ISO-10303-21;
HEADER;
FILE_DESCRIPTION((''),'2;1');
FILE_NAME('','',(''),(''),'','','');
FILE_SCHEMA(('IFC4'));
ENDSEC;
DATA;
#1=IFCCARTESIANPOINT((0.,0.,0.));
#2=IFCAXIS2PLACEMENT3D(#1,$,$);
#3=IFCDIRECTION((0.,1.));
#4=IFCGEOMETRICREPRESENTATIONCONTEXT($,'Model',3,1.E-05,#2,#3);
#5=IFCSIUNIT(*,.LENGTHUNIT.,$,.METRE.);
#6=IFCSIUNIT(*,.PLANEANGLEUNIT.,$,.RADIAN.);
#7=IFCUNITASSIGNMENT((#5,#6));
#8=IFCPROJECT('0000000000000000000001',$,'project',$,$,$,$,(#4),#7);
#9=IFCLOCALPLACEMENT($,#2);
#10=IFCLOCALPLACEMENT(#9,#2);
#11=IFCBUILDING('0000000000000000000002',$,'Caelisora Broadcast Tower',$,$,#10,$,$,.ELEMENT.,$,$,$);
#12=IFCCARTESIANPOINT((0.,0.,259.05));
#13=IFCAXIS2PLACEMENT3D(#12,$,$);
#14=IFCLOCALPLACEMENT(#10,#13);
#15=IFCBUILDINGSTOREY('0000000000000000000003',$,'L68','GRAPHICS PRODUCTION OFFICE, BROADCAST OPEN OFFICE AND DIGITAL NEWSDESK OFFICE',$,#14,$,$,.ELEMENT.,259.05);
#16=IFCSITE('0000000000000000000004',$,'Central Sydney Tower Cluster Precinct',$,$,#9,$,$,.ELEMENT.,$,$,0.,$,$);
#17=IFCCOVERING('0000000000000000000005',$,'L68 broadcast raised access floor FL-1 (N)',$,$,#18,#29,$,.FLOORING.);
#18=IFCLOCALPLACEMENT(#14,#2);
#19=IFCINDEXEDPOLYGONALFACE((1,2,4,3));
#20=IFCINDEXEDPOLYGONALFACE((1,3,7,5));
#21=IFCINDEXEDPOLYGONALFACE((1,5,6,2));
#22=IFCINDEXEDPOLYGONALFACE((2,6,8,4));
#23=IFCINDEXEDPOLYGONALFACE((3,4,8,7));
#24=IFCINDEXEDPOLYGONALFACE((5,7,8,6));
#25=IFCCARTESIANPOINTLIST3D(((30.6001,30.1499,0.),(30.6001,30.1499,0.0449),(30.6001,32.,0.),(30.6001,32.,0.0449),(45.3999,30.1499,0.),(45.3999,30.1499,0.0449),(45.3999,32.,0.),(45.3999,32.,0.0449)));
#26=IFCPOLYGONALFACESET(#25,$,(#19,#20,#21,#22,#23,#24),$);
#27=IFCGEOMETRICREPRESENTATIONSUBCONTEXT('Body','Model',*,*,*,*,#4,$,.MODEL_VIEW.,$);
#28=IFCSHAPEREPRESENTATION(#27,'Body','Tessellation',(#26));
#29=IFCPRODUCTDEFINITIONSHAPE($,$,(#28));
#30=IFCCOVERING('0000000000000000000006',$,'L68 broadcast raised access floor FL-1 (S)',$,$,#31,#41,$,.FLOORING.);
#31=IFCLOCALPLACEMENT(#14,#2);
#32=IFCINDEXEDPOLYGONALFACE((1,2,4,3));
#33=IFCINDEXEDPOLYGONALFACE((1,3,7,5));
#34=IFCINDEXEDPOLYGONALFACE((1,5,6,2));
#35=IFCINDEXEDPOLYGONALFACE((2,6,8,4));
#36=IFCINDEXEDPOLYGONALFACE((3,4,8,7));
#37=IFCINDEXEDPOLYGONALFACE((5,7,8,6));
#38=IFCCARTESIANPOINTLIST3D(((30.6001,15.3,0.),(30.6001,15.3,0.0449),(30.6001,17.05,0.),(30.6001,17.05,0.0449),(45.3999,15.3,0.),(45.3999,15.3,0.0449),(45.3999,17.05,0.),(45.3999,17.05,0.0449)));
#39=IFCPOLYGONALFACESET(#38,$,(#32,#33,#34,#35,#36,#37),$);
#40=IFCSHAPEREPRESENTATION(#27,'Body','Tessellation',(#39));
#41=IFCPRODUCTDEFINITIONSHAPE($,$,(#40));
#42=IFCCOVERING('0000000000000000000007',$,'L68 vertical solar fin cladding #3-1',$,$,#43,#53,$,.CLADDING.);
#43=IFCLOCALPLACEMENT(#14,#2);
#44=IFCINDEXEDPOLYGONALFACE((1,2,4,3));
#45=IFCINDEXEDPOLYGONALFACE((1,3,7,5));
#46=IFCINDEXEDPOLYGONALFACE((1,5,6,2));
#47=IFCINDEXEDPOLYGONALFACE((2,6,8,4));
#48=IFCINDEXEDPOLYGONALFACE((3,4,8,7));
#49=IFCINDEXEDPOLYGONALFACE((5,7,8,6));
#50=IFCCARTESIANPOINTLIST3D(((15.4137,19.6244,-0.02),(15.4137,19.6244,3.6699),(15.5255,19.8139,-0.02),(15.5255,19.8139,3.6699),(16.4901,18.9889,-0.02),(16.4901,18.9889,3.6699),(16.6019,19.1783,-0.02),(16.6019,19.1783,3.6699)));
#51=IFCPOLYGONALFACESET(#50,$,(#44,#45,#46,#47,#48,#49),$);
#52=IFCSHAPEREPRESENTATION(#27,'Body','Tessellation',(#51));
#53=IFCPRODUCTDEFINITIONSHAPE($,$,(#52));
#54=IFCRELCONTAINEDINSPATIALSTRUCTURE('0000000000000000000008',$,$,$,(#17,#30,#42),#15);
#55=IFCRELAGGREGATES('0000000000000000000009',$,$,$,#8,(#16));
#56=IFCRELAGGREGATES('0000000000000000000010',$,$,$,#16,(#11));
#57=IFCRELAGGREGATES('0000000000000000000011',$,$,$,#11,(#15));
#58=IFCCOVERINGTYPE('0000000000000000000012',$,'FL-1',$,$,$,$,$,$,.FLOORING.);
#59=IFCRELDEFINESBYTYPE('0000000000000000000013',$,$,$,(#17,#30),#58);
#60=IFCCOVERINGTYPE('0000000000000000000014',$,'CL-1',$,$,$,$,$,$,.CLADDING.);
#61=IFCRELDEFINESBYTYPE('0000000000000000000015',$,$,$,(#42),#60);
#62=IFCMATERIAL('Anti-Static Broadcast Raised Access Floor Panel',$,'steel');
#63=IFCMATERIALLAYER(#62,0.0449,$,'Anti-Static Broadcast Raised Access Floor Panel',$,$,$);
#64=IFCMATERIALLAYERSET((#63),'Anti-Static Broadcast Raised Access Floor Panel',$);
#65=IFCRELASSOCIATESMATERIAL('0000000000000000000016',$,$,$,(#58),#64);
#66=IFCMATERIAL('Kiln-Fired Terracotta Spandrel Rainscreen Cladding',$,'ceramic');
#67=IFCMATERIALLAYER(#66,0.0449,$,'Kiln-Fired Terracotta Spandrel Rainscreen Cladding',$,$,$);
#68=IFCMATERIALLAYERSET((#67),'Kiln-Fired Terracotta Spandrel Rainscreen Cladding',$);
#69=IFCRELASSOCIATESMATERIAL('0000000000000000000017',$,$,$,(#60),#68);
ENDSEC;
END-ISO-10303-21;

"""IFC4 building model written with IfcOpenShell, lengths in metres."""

from ifc_helpers import new_model, si_unit, direction, frame, origin, origin_2d, place, context, subcontext, project, spatial, polyline, rectangle, outline, extrude, source, transform, mapped, material, layer, layer_set, type_object, type_shapes, element, save


model = new_model("IFC4")

# Units and contexts
model_context = context("Model", 3, precision=1e-05, world=origin(), true_north=direction((0.0, 1.0)))
body_context = subcontext(model_context, "Body", "Model", "MODEL_VIEW")
ifc_project = project(units=[si_unit("LENGTHUNIT", "METRE"), si_unit("PLANEANGLEUNIT", "RADIAN")], contexts=[model_context])

# Site, building, storey
site_placement = place(None, origin())
site = spatial("IfcSite", under=ifc_project, at=site_placement, Name="Central Sydney Tower Cluster Precinct", CompositionType="ELEMENT", RefElevation=0.0)
building_placement = place(site_placement, origin())
building = spatial("IfcBuilding", under=site, at=building_placement, Name="Caelisora Broadcast Tower", CompositionType="ELEMENT")
storey_placement = place(building_placement, frame((0.0, 0.0, 259.05)))
storey = spatial("IfcBuildingStorey", under=building, at=storey_placement, Name="L68", Description="GRAPHICS PRODUCTION OFFICE, BROADCAST OPEN OFFICE AND DIGITAL NEWSDESK OFFICE", CompositionType="ELEMENT", Elevation=259.05)

# Coverings
ifc_material_1 = material(Name="Anti-Static Broadcast Raised Access Floor Panel", Category="steel")
ifc_layer_1 = layer(ifc_material_1, 0.0449, Name="Anti-Static Broadcast Raised Access Floor Panel")
ifc_layer_set_1 = layer_set([ifc_layer_1], Name="Anti-Static Broadcast Raised Access Floor Panel")
covering_type_1 = type_object("IfcCoveringType", Name="FL-1", PredefinedType="FLOORING", material=ifc_layer_set_1)
covering_1_placement = place(storey_placement, origin())
element("IfcCovering", 1, at=covering_1_placement, inside=storey, type_object=covering_type_1, Name="L68 broadcast raised access floor FL-1 (N)", PredefinedType="FLOORING", context=body_context, shape_type="SweptSolid", body=[
    extrude(outline(polyline([(30.6001, 30.1499), (45.3999, 30.1499), (45.3999, 32.0), (30.6001, 32.0), (30.6001, 30.1499)])), origin(), (0.0, 0.0, 1.0), 0.0449),
])
covering_2_placement = place(storey_placement, origin())
element("IfcCovering", 2, at=covering_2_placement, inside=storey, type_object=covering_type_1, Name="L68 broadcast raised access floor FL-1 (S)", PredefinedType="FLOORING", context=body_context, shape_type="SweptSolid", body=[
    extrude(outline(polyline([(30.6001, 15.3), (45.3999, 15.3), (45.3999, 17.05), (30.6001, 17.05), (30.6001, 15.3)])), origin(), (0.0, 0.0, 1.0), 0.0449),
])
ifc_material_2 = material(Name="Kiln-Fired Terracotta Spandrel Rainscreen Cladding", Category="ceramic")
ifc_layer_2 = layer(ifc_material_2, 0.0449, Name="Kiln-Fired Terracotta Spandrel Rainscreen Cladding")
ifc_layer_set_2 = layer_set([ifc_layer_2], Name="Kiln-Fired Terracotta Spandrel Rainscreen Cladding")
covering_type_2 = type_object("IfcCoveringType", Name="CL-1", PredefinedType="CLADDING", material=ifc_layer_set_2)
shared_shape_1 = source(origin(), body_context, "Body", "SweptSolid", [
    extrude(rectangle(XDim=0.22, YDim=1.25, at=origin_2d()), origin(), (0.0, 0.0, 1.0), 3.6899),
])
type_shapes(covering_type_2, [shared_shape_1])
covering_3_placement = place(storey_placement, frame((16.0078, 19.4014, -0.02), z_axis=(0.0, 0.0, 1.0), x_axis=(0.50844, 0.861097, 0.0)))
element("IfcCovering", 3, at=covering_3_placement, inside=storey, type_object=covering_type_2, Name="L68 vertical solar fin cladding #3-1", PredefinedType="CLADDING", context=body_context, shape_type="MappedRepresentation", body=[
    mapped(shared_shape_1, transform((0.0, 0.0, 0.0), scale=1.0)),
])

save(model, "model.ifc")
